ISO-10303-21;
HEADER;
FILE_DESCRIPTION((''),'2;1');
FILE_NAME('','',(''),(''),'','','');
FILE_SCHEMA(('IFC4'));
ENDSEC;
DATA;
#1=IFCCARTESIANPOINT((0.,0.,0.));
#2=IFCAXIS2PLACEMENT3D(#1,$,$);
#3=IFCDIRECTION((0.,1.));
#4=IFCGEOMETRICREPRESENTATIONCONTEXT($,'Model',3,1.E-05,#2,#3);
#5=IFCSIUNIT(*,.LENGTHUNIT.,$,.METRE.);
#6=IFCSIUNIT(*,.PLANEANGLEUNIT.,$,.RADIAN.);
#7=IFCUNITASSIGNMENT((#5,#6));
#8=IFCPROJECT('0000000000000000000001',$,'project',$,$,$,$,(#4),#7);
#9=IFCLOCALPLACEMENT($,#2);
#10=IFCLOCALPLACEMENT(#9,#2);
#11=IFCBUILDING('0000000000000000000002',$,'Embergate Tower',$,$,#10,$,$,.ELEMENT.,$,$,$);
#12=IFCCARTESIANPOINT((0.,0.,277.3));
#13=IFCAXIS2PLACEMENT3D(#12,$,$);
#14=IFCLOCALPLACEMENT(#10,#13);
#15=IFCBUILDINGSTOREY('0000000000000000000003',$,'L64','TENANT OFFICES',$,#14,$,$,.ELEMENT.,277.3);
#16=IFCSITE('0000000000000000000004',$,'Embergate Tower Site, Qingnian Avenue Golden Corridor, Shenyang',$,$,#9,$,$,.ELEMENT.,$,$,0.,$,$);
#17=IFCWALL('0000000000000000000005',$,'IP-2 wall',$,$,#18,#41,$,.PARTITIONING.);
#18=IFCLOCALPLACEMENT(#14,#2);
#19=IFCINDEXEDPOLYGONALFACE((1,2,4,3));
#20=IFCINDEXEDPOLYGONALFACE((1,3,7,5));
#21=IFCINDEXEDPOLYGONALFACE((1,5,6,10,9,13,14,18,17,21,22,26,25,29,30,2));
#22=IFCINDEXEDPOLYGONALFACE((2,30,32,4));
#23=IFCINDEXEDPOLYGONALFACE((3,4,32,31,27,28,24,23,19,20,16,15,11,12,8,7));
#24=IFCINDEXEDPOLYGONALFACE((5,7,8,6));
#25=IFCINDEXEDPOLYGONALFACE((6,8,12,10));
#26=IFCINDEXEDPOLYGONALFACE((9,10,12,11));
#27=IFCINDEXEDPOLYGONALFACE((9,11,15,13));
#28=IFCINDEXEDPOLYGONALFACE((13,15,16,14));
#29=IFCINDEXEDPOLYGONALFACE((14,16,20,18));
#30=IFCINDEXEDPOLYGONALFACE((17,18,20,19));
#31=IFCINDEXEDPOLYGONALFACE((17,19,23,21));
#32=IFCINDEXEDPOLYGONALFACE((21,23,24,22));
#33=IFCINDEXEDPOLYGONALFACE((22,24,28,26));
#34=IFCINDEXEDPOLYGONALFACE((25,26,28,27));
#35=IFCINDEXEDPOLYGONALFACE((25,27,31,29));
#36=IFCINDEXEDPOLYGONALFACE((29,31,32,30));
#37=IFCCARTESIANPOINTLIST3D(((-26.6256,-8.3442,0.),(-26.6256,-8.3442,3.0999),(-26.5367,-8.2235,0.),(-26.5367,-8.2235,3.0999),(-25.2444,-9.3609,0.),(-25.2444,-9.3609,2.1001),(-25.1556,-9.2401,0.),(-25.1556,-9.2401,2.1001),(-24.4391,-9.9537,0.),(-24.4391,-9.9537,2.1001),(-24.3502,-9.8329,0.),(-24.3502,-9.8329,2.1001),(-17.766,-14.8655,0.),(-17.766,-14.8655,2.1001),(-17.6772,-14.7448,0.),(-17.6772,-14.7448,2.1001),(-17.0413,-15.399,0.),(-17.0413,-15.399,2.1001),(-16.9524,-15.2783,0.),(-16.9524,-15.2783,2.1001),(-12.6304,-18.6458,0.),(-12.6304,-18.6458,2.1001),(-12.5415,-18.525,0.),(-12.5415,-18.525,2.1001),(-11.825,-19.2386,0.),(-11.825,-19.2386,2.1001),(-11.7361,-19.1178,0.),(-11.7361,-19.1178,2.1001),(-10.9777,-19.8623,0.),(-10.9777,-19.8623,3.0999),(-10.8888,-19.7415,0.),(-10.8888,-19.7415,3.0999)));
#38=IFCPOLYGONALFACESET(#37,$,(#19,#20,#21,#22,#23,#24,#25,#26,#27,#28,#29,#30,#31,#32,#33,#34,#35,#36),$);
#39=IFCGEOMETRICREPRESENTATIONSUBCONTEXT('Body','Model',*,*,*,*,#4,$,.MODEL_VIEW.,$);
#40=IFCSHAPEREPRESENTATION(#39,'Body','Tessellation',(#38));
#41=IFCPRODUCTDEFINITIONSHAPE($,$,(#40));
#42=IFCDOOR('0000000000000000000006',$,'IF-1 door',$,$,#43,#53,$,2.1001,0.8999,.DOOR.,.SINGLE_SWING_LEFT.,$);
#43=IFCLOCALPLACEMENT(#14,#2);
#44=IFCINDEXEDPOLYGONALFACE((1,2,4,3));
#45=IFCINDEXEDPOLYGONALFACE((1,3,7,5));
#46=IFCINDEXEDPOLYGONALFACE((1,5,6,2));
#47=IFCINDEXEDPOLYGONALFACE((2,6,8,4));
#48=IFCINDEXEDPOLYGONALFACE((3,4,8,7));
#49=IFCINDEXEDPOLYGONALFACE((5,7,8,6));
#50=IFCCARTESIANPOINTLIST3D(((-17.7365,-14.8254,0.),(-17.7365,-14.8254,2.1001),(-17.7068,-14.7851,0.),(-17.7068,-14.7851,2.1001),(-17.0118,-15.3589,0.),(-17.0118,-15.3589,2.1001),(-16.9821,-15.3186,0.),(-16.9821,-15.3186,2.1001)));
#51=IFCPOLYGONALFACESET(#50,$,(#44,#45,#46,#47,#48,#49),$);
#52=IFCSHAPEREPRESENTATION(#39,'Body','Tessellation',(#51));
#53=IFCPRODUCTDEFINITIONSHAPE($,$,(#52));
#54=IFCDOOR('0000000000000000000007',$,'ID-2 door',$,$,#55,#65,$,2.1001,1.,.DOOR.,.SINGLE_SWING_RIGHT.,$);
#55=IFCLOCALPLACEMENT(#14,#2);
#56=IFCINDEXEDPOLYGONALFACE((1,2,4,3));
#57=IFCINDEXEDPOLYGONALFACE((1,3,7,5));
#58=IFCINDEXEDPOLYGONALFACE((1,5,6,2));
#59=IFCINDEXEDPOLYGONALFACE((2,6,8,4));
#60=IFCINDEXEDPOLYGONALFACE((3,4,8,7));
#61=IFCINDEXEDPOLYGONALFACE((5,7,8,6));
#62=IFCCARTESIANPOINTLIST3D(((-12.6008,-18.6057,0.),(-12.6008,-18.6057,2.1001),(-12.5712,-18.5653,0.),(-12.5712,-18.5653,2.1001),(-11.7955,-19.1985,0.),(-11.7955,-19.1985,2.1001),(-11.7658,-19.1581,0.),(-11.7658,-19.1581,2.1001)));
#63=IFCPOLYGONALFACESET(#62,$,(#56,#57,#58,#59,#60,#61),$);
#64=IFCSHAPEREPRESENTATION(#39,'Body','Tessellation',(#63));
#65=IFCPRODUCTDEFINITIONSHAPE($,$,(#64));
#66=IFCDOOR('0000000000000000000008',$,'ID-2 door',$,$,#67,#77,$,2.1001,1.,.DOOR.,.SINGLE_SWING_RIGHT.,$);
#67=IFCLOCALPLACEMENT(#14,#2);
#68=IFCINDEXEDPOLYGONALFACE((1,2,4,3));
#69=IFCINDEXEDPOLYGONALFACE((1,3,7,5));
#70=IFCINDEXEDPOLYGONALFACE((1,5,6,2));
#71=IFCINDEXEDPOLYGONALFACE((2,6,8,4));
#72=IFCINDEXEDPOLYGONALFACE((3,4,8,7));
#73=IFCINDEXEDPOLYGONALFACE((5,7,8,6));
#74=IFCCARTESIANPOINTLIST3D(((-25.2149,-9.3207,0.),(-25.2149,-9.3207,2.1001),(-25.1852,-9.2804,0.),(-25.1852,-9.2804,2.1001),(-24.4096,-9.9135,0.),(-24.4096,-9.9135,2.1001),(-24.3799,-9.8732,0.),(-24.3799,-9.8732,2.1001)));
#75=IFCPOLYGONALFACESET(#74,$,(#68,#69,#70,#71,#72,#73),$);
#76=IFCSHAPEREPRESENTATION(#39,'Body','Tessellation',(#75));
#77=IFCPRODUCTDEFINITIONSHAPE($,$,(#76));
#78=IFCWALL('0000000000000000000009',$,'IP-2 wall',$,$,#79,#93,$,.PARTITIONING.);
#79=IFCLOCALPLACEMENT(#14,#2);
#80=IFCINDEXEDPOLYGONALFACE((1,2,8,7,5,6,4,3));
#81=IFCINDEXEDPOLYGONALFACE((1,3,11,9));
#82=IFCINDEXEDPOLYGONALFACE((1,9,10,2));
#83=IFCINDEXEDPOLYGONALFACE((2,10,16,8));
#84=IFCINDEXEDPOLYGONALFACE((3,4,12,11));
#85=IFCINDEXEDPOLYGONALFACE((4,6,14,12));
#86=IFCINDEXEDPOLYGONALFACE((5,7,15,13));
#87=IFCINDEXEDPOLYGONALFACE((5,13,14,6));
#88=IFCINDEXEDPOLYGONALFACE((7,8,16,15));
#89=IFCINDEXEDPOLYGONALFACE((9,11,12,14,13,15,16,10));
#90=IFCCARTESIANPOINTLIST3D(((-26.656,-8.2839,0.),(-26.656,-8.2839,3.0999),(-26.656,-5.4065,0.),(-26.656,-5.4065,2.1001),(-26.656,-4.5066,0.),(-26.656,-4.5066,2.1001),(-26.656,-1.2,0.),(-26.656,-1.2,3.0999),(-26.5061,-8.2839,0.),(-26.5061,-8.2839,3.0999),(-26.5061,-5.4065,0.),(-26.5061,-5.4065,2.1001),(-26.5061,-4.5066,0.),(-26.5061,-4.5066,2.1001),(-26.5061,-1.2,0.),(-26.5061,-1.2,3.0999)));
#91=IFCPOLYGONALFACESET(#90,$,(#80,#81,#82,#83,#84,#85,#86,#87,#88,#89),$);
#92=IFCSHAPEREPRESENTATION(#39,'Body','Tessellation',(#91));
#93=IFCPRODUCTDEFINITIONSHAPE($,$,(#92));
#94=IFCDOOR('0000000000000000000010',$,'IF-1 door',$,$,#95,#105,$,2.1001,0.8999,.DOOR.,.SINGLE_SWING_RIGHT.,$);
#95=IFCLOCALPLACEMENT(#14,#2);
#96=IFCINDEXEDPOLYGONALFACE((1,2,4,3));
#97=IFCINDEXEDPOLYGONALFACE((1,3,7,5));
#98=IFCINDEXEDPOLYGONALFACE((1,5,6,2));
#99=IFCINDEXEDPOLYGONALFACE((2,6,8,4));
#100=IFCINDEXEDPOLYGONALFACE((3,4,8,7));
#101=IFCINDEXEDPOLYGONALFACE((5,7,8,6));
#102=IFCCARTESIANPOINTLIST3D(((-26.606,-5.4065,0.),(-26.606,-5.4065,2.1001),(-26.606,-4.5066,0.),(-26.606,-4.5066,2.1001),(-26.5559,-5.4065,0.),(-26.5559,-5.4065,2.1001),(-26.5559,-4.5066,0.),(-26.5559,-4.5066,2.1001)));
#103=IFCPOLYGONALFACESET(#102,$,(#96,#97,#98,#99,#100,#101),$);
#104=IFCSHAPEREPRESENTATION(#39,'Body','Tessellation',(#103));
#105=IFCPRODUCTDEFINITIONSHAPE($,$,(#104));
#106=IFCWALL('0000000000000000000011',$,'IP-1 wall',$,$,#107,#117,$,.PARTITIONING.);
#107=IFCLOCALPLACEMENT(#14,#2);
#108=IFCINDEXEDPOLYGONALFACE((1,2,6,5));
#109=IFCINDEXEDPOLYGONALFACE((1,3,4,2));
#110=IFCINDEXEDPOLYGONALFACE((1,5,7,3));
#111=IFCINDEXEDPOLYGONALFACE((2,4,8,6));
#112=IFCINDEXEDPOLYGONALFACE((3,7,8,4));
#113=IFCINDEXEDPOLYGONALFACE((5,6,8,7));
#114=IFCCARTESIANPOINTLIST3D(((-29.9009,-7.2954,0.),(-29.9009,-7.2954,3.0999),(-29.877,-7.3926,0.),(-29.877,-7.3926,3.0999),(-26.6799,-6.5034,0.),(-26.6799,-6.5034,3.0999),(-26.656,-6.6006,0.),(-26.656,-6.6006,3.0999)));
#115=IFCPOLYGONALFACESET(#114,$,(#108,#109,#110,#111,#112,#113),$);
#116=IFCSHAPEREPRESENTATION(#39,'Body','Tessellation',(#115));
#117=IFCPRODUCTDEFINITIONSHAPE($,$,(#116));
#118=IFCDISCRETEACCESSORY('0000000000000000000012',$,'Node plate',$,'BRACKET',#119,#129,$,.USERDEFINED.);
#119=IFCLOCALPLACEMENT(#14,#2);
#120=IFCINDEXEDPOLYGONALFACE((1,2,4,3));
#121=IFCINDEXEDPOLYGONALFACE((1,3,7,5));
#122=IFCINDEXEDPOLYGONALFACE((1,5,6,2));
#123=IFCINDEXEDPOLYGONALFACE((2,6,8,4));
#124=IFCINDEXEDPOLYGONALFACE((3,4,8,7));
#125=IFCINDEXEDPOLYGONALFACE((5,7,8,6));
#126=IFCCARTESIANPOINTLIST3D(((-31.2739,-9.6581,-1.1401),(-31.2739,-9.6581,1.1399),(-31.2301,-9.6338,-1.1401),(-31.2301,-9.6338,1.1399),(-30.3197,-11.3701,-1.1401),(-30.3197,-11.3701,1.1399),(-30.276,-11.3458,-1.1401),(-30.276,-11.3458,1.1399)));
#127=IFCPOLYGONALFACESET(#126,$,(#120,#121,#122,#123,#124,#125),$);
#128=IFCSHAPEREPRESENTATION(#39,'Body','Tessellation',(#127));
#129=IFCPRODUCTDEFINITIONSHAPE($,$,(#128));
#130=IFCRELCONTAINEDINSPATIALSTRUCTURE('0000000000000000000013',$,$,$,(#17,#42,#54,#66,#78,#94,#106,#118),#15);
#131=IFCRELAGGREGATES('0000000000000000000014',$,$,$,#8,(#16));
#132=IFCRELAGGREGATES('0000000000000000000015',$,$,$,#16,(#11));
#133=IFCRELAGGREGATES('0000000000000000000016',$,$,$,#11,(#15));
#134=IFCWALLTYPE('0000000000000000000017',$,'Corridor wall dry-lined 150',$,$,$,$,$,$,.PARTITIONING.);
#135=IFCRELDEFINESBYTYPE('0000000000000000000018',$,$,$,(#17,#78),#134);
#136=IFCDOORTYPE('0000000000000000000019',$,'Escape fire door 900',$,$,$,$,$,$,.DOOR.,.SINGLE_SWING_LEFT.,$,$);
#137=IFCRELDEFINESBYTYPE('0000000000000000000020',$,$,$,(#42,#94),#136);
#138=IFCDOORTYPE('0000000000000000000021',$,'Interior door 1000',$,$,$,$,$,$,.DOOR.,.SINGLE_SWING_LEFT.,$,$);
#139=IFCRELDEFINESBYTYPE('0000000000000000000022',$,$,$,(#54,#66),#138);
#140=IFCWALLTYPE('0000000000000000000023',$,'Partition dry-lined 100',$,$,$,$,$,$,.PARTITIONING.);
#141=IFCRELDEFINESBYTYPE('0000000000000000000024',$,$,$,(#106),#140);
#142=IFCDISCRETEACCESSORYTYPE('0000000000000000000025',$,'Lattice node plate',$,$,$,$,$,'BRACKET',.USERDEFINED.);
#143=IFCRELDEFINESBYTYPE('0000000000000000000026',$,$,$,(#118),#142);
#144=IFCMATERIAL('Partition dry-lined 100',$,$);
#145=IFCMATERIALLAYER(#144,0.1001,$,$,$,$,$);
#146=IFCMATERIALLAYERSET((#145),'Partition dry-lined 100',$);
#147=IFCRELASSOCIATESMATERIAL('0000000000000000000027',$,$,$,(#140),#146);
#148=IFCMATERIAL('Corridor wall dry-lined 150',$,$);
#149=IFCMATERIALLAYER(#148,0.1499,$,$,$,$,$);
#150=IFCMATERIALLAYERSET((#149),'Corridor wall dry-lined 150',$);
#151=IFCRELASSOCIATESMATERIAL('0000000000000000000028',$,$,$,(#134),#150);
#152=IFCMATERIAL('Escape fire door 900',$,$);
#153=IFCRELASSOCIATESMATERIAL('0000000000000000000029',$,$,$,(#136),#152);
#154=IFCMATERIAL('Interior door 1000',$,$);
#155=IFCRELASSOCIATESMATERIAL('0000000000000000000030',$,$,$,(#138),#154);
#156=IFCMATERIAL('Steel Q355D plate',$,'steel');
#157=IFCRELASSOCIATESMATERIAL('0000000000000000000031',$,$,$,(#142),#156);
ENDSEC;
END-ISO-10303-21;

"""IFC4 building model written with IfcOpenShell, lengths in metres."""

from ifc_helpers import new_model, si_unit, direction, frame, frame_2d, origin, origin_2d, place, context, subcontext, project, spatial, rectangle, extrude, source, transform, mapped, material, layer, layer_set, type_object, element, fill, save


model = new_model("IFC4")

# Units and contexts
model_context = context("Model", 3, precision=1e-05, world=origin(), true_north=direction((0.0, 1.0)))
body_context = subcontext(model_context, "Body", "Model", "MODEL_VIEW")
ifc_project = project(units=[si_unit("LENGTHUNIT", "METRE"), si_unit("PLANEANGLEUNIT", "RADIAN")], contexts=[model_context])

# Site, building, storey
site_placement = place(None, origin())
site = spatial("IfcSite", under=ifc_project, at=site_placement, Name="Embergate Tower Site, Qingnian Avenue Golden Corridor, Shenyang", CompositionType="ELEMENT", RefElevation=0.0)
building_placement = place(site_placement, origin())
building = spatial("IfcBuilding", under=site, at=building_placement, Name="Embergate Tower", CompositionType="ELEMENT")
storey_placement = place(building_placement, frame((0.0, 0.0, 277.3)))
storey = spatial("IfcBuildingStorey", under=building, at=storey_placement, Name="L64", Description="TENANT OFFICES", CompositionType="ELEMENT", Elevation=277.3)

# Shared definitions
ifc_material_1 = material(Name="Partition dry-lined 100")
ifc_layer_1 = layer(ifc_material_1, 0.1001)
ifc_layer_set_1 = layer_set([ifc_layer_1], Name="Partition dry-lined 100")
wall_type_1 = type_object("IfcWallType", Name="Partition dry-lined 100", PredefinedType="PARTITIONING", material=ifc_layer_set_1)

# Wall, openings, doors
ifc_material_2 = material(Name="Corridor wall dry-lined 150")
ifc_layer_2 = layer(ifc_material_2, 0.1499)
ifc_layer_set_2 = layer_set([ifc_layer_2], Name="Corridor wall dry-lined 150")
wall_type_2 = type_object("IfcWallType", Name="Corridor wall dry-lined 150", PredefinedType="PARTITIONING", material=ifc_layer_set_2)
shared_shape_1 = source(origin(), body_context, "Body", "SweptSolid", [
    extrude(rectangle(XDim=19.4299, YDim=0.1499, at=frame_2d((9.7148, 0.0))), origin(), (0.0, 0.0, 1.0), 3.0999),
])
wall_1_placement = place(storey_placement, frame((-26.5811, -8.2839, 0.0), z_axis=(0.0, 0.0, 1.0), x_axis=(0.805351, -0.592799, 0.0)))
wall_1 = element("IfcWall", 1, at=wall_1_placement, inside=storey, type_object=wall_type_2, Name="IP-2 wall", PredefinedType="PARTITIONING", context=body_context, shape_type="MappedRepresentation", body=[
    mapped(shared_shape_1, transform((0.0, 0.0, 0.0))),
])
shared_shape_2 = source(origin(), body_context, "Body", "SweptSolid", [
    extrude(rectangle(XDim=0.8999, YDim=2.1001, at=frame_2d((0.45, 1.05))), frame((0.0, 0.085, 0.0), z_axis=(0.0, -1.0, 0.0), x_axis=(1.0, 0.0, 0.0)), (0.0, 0.0, 1.0), 0.1699),
])
opening_1_placement = place(wall_1_placement, frame((11.0007, 0.0, 0.0)))
opening_1 = element("IfcOpeningElement", 2, at=opening_1_placement, cuts=wall_1, PredefinedType="OPENING", context=body_context, shape_type="MappedRepresentation", body=[
    mapped(shared_shape_2, transform((0.0, 0.0, 0.0))),
])
shared_shape_3 = source(origin(), body_context, "Body", "SweptSolid", [
    extrude(rectangle(XDim=1.0, YDim=2.1001, at=frame_2d((0.5, 1.05))), frame((0.0, 0.085, 0.0), z_axis=(0.0, -1.0, 0.0), x_axis=(1.0, 0.0, 0.0)), (0.0, 0.0, 1.0), 0.1699),
])
opening_2_placement = place(wall_1_placement, frame((17.3777, 0.0, 0.0)))
opening_2 = element("IfcOpeningElement", 3, at=opening_2_placement, cuts=wall_1, PredefinedType="OPENING", context=body_context, shape_type="MappedRepresentation", body=[
    mapped(shared_shape_3, transform((0.0, 0.0, 0.0))),
])
opening_3_placement = place(wall_1_placement, frame((1.7148, 0.0, 0.0)))
opening_3 = element("IfcOpeningElement", 4, at=opening_3_placement, cuts=wall_1, PredefinedType="OPENING", context=body_context, shape_type="MappedRepresentation", body=[
    mapped(shared_shape_3, transform((0.0, 0.0, 0.0))),
])
ifc_material_3 = material(Name="Escape fire door 900")
door_type_1 = type_object("IfcDoorType", Name="Escape fire door 900", OperationType="SINGLE_SWING_LEFT", PredefinedType="DOOR", material=ifc_material_3)
shared_shape_4 = source(origin(), body_context, "Body", "SweptSolid", [
    extrude(rectangle(XDim=0.8999, YDim=2.1001, at=frame_2d((0.45, 1.05))), frame((0.0, 0.0249, 0.0), z_axis=(0.0, -1.0, 0.0), x_axis=(1.0, 0.0, 0.0)), (0.0, 0.0, 1.0), 0.05),
])
door_1_placement = place(opening_1_placement, origin())
door_1 = element("IfcDoor", 5, at=door_1_placement, inside=storey, type_object=door_type_1, Name="IF-1 door", OperationType="SINGLE_SWING_LEFT", OverallHeight=2.1001, OverallWidth=0.8999, PredefinedType="DOOR", context=body_context, shape_type="MappedRepresentation", body=[
    mapped(shared_shape_4, transform((0.0, 0.0, 0.0))),
])
fill(opening_1, door_1)
ifc_material_4 = material(Name="Interior door 1000")
door_type_2 = type_object("IfcDoorType", Name="Interior door 1000", OperationType="SINGLE_SWING_LEFT", PredefinedType="DOOR", material=ifc_material_4)
shared_shape_5 = source(origin(), body_context, "Body", "SweptSolid", [
    extrude(rectangle(XDim=1.0, YDim=2.1001, at=frame_2d((0.5, 1.05))), frame((0.0, 0.0249, 0.0), z_axis=(0.0, -1.0, 0.0), x_axis=(1.0, 0.0, 0.0)), (0.0, 0.0, 1.0), 0.05),
])
door_2_placement = place(opening_2_placement, origin())
door_2 = element("IfcDoor", 6, at=door_2_placement, inside=storey, type_object=door_type_2, Name="ID-2 door", OperationType="SINGLE_SWING_RIGHT", OverallHeight=2.1001, OverallWidth=1.0, PredefinedType="DOOR", context=body_context, shape_type="MappedRepresentation", body=[
    mapped(shared_shape_5, transform((0.0, 0.0, 0.0))),
])
fill(opening_2, door_2)
door_3_placement = place(opening_3_placement, origin())
door_3 = element("IfcDoor", 7, at=door_3_placement, inside=storey, type_object=door_type_2, Name="ID-2 door", OperationType="SINGLE_SWING_RIGHT", OverallHeight=2.1001, OverallWidth=1.0, PredefinedType="DOOR", context=body_context, shape_type="MappedRepresentation", body=[
    mapped(shared_shape_5, transform((0.0, 0.0, 0.0))),
])
fill(opening_3, door_3)

# Wall, opening, door
shared_shape_6 = source(origin(), body_context, "Body", "SweptSolid", [
    extrude(rectangle(XDim=7.084, YDim=0.1499, at=frame_2d((3.542, 0.0))), origin(), (0.0, 0.0, 1.0), 3.0999),
])
wall_2_placement = place(storey_placement, frame((-26.5811, -8.2839, 0.0), z_axis=(0.0, 0.0, 1.0), x_axis=(0.0, 1.0, 0.0)))
wall_2 = element("IfcWall", 8, at=wall_2_placement, inside=storey, type_object=wall_type_2, Name="IP-2 wall", PredefinedType="PARTITIONING", context=body_context, shape_type="MappedRepresentation", body=[
    mapped(shared_shape_6, transform((0.0, 0.0, 0.0))),
])
opening_4_placement = place(wall_2_placement, frame((2.8774, 0.0, 0.0)))
opening_4 = element("IfcOpeningElement", 9, at=opening_4_placement, cuts=wall_2, PredefinedType="OPENING", context=body_context, shape_type="MappedRepresentation", body=[
    mapped(shared_shape_2, transform((0.0, 0.0, 0.0))),
])
door_4_placement = place(opening_4_placement, origin())
door_4 = element("IfcDoor", 10, at=door_4_placement, inside=storey, type_object=door_type_1, Name="IF-1 door", OperationType="SINGLE_SWING_RIGHT", OverallHeight=2.1001, OverallWidth=0.8999, PredefinedType="DOOR", context=body_context, shape_type="MappedRepresentation", body=[
    mapped(shared_shape_4, transform((0.0, 0.0, 0.0))),
])
fill(opening_4, door_4)

# Wall
shared_shape_7 = source(origin(), body_context, "Body", "SweptSolid", [
    extrude(rectangle(XDim=3.3169, YDim=0.1001, at=frame_2d((1.6584, 0.0))), origin(), (0.0, 0.0, 1.0), 3.0999),
])
wall_3_placement = place(storey_placement, frame((-26.668, -6.552, 0.0), z_axis=(0.0, 0.0, 1.0), x_axis=(-0.971075, -0.238776, 0.0)))
element("IfcWall", 11, at=wall_3_placement, inside=storey, type_object=wall_type_1, Name="IP-1 wall", PredefinedType="PARTITIONING", context=body_context, shape_type="MappedRepresentation", body=[
    mapped(shared_shape_7, transform((0.0, 0.0, 0.0))),
])

# Discrete accessory
ifc_material_5 = material(Name="Steel Q355D plate", Category="steel")
discrete_accessory_type = type_object("IfcDiscreteAccessoryType", Name="Lattice node plate", ElementType="BRACKET", PredefinedType="USERDEFINED", material=ifc_material_5)
shared_shape_8 = source(origin(), body_context, "Body", "SweptSolid", [
    extrude(rectangle(XDim=1.96, YDim=0.05, at=origin_2d()), origin(), (0.0, 0.0, 1.0), 2.28),
])
discrete_accessory_placement = place(storey_placement, frame((-30.7749, -10.502, -1.1401), z_axis=(0.0, 0.0, 1.0), x_axis=(0.486839, -0.873492, 0.0)))
element("IfcDiscreteAccessory", 12, at=discrete_accessory_placement, inside=storey, type_object=discrete_accessory_type, Name="Node plate", ObjectType="BRACKET", PredefinedType="USERDEFINED", context=body_context, shape_type="MappedRepresentation", body=[
    mapped(shared_shape_8, transform((0.0, 0.0, 0.0))),
])

save(model, "model.ifc")
